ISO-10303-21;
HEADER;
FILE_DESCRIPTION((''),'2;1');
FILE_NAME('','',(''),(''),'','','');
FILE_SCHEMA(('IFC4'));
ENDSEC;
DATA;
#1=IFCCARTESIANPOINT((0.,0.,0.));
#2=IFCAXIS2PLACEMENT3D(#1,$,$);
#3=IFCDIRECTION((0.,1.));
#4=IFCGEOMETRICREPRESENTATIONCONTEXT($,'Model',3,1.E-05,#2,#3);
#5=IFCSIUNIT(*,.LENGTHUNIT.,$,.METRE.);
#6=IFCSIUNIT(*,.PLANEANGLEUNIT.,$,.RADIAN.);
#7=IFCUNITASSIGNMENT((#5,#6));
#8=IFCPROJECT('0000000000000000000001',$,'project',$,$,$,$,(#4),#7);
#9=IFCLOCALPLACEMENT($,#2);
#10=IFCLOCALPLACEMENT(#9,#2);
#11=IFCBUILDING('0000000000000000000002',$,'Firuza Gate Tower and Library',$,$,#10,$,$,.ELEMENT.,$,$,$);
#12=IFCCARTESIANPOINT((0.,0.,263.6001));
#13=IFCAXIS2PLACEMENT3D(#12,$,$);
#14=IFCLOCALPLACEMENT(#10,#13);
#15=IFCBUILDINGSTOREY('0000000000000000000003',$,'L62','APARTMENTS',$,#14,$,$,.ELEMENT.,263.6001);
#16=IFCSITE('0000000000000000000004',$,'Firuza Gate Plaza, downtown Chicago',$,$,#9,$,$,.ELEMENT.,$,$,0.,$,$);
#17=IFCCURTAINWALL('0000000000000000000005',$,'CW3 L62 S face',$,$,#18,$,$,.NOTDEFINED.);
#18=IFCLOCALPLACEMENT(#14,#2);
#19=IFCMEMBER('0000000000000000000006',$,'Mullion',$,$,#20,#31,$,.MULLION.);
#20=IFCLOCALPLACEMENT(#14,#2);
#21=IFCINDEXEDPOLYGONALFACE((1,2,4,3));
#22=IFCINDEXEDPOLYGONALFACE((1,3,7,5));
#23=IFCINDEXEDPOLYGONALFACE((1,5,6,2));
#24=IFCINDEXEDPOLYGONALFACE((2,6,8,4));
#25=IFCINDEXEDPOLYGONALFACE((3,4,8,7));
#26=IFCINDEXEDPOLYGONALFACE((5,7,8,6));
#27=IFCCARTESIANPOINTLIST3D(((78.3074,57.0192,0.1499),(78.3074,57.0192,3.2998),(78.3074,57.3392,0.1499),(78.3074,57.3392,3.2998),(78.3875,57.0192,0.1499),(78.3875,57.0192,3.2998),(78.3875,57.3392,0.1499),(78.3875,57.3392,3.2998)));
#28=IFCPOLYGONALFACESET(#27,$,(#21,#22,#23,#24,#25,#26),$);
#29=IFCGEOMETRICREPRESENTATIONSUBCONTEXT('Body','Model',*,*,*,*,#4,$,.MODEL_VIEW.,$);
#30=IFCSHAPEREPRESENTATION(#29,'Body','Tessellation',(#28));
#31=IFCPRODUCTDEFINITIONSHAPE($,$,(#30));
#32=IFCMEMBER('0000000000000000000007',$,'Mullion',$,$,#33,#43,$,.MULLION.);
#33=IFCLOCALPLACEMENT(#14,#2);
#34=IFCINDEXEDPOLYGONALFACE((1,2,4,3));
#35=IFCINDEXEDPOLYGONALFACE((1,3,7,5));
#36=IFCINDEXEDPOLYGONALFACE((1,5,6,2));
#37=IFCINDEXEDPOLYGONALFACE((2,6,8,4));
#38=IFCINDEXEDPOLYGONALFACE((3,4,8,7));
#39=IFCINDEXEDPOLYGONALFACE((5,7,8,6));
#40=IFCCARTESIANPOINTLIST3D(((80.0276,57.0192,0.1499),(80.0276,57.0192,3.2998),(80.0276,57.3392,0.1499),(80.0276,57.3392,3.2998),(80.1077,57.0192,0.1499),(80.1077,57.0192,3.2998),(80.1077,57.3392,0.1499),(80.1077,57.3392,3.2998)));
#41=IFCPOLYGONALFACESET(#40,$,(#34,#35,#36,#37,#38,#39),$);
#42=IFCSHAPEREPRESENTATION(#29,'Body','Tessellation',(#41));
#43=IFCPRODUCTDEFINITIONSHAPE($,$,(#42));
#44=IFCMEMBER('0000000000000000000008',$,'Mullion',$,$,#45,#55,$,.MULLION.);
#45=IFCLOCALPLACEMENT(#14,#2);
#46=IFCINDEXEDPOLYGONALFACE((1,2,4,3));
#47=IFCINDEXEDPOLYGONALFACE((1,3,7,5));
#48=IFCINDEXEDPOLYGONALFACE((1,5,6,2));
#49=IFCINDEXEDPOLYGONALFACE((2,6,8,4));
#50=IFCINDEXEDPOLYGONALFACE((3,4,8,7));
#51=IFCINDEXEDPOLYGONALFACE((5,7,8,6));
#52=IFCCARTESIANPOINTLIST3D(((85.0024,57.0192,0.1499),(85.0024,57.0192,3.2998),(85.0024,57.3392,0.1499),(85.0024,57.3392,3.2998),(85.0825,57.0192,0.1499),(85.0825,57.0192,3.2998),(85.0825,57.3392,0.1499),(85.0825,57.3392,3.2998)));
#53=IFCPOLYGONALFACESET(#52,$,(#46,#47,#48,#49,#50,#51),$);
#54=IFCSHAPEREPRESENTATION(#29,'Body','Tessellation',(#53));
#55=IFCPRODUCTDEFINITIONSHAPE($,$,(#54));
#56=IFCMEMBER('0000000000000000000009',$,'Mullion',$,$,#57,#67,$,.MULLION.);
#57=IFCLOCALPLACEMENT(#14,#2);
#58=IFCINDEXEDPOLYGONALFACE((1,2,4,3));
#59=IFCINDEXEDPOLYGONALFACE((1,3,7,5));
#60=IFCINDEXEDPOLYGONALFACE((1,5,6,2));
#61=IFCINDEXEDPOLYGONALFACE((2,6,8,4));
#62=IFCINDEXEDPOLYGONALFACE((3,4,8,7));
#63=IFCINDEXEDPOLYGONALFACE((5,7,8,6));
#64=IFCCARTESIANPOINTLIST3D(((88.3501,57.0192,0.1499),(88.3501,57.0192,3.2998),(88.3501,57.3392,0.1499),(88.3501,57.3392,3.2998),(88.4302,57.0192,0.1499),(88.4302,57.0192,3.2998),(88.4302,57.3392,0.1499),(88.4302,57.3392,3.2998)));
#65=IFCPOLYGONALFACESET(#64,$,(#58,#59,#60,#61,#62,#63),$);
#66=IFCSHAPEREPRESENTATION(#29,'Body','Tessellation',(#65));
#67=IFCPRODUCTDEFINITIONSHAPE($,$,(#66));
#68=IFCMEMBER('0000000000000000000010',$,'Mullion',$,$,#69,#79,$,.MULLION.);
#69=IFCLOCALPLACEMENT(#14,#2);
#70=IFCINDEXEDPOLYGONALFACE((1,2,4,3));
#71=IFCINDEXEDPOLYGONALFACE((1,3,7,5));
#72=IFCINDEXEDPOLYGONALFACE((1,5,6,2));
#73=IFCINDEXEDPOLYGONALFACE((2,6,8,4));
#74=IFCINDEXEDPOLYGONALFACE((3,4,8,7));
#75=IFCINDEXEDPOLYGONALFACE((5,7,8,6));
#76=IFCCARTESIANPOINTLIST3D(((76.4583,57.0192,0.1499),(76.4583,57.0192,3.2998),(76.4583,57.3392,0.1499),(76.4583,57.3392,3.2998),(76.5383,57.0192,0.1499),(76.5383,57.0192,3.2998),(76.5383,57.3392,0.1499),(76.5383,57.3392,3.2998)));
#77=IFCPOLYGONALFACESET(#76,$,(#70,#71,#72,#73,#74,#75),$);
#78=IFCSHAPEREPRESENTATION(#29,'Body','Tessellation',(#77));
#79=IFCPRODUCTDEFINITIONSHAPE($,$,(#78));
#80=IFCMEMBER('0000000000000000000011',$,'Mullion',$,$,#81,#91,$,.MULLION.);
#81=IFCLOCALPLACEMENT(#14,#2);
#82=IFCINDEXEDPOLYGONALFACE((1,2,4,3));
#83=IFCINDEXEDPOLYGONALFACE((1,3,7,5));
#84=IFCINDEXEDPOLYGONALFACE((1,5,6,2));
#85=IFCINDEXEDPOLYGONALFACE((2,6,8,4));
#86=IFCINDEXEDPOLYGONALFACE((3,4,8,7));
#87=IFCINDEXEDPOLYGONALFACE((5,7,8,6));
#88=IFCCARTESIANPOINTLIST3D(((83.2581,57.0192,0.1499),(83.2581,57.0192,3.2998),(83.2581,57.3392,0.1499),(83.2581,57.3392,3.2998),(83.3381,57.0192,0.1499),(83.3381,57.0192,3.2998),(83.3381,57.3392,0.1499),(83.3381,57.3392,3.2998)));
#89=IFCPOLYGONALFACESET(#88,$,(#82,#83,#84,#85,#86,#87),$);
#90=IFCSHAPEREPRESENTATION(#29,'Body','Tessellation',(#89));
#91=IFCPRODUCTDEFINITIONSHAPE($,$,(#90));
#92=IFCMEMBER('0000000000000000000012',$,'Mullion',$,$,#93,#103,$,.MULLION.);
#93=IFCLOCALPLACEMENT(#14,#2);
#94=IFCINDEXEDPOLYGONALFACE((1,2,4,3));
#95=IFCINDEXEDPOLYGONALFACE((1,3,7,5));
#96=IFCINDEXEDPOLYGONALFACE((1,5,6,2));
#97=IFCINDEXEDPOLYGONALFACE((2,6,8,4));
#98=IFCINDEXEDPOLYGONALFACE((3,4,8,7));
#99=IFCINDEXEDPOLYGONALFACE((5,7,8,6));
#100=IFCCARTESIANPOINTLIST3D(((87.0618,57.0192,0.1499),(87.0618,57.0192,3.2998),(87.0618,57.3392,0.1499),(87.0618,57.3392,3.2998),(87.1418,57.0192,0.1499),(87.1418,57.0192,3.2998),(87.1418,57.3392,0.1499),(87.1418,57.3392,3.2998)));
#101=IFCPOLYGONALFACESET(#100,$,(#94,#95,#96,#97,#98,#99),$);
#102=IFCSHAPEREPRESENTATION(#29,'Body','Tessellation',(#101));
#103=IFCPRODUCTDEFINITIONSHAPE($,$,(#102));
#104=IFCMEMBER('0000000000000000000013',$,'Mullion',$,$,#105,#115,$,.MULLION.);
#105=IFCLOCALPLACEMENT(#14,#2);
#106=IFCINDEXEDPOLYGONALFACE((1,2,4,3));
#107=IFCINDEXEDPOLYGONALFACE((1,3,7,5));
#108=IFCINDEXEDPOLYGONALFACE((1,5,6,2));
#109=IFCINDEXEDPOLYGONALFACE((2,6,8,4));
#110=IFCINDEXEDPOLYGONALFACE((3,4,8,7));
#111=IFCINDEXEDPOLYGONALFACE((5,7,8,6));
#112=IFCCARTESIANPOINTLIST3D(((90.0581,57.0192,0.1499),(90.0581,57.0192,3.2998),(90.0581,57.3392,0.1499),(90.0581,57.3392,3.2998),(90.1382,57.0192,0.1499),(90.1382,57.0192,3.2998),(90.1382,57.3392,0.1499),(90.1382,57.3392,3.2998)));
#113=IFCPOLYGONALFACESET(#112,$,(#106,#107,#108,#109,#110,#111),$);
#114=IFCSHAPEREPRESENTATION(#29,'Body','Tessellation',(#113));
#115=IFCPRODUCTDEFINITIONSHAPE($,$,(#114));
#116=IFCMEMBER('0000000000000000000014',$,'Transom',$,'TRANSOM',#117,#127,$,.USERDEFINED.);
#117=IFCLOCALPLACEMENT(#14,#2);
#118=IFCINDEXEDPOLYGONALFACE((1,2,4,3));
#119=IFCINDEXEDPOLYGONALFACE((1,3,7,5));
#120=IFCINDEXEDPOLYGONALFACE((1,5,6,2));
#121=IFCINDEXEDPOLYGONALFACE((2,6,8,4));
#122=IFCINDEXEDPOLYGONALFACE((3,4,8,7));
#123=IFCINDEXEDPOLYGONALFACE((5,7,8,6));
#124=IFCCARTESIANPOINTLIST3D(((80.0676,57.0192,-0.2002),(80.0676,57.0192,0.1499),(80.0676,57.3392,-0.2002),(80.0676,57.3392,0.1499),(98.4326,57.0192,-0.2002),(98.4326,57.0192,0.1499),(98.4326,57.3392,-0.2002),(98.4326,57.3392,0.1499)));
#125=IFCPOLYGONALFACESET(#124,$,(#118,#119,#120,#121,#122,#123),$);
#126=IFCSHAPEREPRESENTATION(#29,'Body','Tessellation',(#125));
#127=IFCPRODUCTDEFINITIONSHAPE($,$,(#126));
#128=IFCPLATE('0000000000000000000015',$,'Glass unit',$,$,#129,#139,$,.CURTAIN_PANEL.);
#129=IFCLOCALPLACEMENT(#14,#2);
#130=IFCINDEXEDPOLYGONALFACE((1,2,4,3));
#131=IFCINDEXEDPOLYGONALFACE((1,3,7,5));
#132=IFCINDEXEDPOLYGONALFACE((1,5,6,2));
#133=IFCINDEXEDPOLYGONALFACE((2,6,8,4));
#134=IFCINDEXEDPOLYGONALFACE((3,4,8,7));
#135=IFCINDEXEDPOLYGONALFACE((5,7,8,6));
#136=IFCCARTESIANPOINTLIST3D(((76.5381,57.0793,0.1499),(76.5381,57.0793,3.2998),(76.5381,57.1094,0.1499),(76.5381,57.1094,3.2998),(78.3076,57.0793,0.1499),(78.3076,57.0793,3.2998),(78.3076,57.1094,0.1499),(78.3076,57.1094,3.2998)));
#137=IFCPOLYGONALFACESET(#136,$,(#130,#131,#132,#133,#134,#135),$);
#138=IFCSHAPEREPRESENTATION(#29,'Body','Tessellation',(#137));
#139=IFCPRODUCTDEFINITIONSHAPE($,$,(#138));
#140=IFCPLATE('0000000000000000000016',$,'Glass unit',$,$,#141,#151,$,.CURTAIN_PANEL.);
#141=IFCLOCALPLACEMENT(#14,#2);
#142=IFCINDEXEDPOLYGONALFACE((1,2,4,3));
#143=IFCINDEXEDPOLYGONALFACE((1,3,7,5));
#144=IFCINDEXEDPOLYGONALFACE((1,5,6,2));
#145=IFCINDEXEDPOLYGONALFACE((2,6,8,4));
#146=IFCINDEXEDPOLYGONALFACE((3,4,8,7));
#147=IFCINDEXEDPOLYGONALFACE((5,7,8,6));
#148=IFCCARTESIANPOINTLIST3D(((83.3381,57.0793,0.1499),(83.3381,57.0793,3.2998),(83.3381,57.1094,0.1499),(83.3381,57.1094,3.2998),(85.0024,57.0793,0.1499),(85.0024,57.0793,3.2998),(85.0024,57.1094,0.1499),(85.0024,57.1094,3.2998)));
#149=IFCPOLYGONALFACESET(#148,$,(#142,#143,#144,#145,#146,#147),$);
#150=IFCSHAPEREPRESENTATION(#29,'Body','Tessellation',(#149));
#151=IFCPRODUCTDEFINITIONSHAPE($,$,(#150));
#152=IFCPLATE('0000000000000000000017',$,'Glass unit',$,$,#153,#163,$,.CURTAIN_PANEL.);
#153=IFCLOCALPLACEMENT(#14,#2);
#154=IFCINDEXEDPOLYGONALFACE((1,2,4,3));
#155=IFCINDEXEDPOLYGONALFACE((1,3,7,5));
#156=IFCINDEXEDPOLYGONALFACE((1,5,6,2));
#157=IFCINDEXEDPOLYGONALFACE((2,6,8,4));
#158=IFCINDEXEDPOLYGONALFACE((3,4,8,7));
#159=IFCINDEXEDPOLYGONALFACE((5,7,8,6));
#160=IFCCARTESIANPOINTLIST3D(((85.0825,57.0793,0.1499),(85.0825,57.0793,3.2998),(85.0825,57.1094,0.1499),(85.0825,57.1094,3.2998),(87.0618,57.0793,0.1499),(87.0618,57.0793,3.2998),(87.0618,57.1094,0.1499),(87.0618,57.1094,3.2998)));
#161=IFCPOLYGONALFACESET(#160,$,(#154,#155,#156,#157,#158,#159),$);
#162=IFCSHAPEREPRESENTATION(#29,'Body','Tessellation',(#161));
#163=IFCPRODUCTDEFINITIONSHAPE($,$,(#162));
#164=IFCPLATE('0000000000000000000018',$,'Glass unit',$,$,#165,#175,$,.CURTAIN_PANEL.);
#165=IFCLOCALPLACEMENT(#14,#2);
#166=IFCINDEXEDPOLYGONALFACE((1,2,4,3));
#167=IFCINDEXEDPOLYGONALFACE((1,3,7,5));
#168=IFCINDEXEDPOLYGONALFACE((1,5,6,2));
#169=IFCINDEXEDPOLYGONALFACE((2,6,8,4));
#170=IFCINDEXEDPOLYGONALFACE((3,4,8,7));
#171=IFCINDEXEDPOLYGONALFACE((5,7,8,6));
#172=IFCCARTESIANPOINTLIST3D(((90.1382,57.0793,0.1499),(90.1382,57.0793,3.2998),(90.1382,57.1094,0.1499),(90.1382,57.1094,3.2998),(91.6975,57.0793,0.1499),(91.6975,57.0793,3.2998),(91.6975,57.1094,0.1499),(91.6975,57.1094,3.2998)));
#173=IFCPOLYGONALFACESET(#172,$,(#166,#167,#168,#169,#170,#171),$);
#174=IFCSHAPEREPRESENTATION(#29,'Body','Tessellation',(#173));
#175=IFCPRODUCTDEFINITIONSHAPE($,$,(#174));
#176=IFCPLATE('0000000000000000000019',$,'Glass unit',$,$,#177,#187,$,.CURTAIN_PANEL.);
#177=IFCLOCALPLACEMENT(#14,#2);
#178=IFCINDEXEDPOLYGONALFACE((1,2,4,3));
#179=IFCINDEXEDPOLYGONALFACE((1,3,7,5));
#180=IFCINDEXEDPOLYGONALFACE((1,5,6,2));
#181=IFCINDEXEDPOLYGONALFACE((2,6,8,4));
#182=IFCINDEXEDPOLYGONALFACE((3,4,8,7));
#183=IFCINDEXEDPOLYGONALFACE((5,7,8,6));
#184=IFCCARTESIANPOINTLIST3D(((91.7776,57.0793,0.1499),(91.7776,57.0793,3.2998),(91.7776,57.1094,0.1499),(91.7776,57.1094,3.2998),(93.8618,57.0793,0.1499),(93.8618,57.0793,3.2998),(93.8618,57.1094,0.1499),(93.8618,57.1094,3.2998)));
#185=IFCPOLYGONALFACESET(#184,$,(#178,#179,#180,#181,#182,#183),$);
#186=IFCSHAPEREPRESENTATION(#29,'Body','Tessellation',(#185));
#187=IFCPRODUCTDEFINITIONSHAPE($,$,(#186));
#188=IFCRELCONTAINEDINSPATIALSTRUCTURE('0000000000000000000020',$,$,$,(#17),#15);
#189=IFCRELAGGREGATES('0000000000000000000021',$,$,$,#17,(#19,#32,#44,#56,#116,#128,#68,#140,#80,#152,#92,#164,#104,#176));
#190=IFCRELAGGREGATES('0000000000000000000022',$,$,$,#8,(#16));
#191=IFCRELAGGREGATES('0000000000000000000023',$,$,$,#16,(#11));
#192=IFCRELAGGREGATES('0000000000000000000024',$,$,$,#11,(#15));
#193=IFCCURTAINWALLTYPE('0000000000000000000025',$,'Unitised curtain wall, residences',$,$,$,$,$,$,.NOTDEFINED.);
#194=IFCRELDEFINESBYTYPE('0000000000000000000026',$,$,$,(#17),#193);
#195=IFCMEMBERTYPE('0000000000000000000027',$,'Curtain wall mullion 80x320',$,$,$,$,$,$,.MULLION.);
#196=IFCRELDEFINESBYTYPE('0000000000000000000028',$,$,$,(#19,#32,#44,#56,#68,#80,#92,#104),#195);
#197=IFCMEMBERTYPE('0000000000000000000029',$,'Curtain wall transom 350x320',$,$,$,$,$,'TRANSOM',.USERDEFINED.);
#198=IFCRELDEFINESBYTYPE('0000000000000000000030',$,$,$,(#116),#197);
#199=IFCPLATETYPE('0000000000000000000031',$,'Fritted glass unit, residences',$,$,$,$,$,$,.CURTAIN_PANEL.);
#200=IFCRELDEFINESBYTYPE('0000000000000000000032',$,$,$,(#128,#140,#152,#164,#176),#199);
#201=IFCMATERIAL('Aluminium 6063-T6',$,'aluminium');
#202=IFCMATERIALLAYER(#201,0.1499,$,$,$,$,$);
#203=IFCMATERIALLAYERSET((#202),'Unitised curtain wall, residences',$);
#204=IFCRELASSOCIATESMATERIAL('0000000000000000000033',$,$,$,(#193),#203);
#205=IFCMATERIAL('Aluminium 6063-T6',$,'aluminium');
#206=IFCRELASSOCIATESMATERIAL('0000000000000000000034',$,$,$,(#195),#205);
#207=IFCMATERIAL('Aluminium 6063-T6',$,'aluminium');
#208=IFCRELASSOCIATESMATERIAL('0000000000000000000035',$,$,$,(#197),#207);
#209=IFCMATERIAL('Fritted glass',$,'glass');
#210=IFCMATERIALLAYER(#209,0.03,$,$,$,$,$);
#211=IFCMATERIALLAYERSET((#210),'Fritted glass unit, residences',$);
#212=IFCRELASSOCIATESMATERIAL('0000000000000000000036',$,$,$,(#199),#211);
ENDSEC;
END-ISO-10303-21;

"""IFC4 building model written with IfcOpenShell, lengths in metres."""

from ifc_helpers import new_model, si_unit, direction, frame, origin, origin_2d, place, context, subcontext, project, spatial, polyline, rectangle, outline, extrude, material, layer, layer_set, material_profile, profile_set, type_object, element, aggregate, save


model = new_model("IFC4")

# Units and contexts
model_context = context("Model", 3, precision=1e-05, world=origin(), true_north=direction((0.0, 1.0)))
body_context = subcontext(model_context, "Body", "Model", "MODEL_VIEW")
ifc_project = project(units=[si_unit("LENGTHUNIT", "METRE"), si_unit("PLANEANGLEUNIT", "RADIAN")], contexts=[model_context])

# Site, building, storey
site_placement = place(None, origin())
site = spatial("IfcSite", under=ifc_project, at=site_placement, Name="Firuza Gate Plaza, downtown Chicago", CompositionType="ELEMENT", RefElevation=0.0)
building_placement = place(site_placement, origin())
building = spatial("IfcBuilding", under=site, at=building_placement, Name="Firuza Gate Tower and Library", CompositionType="ELEMENT")
storey_placement = place(building_placement, frame((0.0, 0.0, 263.6001)))
storey = spatial("IfcBuildingStorey", under=building, at=storey_placement, Name="L62", Description="APARTMENTS", CompositionType="ELEMENT", Elevation=263.6001)

# Curtain wall, members, plates
ifc_material_1 = material(Name="Aluminium 6063-T6", Category="aluminium")
ifc_layer_1 = layer(ifc_material_1, 0.1499)
ifc_layer_set_1 = layer_set([ifc_layer_1], Name="Unitised curtain wall, residences")
curtain_wall_type = type_object("IfcCurtainWallType", Name="Unitised curtain wall, residences", PredefinedType="NOTDEFINED", material=ifc_layer_set_1)
curtain_wall_placement = place(storey_placement, origin())
curtain_wall = element("IfcCurtainWall", 1, at=curtain_wall_placement, inside=storey, type_object=curtain_wall_type, Name="CW3 L62 S face", PredefinedType="NOTDEFINED")
ifc_material_2 = material(Name="Aluminium 6063-T6", Category="aluminium")
ifc_material_profile_1 = material_profile(ifc_material_2, rectangle(XDim=0.3201, YDim=0.0801, at=origin_2d()))
ifc_profile_set_1 = profile_set([ifc_material_profile_1], Name="Aluminium 6063-T6")
member_type_1 = type_object("IfcMemberType", Name="Curtain wall mullion 80x320", PredefinedType="MULLION", material=ifc_profile_set_1)
member_1_placement = place(storey_placement, frame((78.3474, 57.1792, 0.1499), z_axis=(0.0, 0.0, 1.0), x_axis=(0.0, 1.0, 0.0)))
member_1 = element("IfcMember", 2, at=member_1_placement, type_object=member_type_1, Name="Mullion", PredefinedType="MULLION", context=body_context, shape_type="SweptSolid", body=[
    extrude(rectangle(XDim=0.3201, YDim=0.0801, at=origin_2d()), origin(), (0.0, 0.0, 1.0), 3.1499),
])
member_2_placement = place(storey_placement, frame((80.0676, 57.1792, 0.1499), z_axis=(0.0, 0.0, 1.0), x_axis=(0.0, 1.0, 0.0)))
member_2 = element("IfcMember", 3, at=member_2_placement, type_object=member_type_1, Name="Mullion", PredefinedType="MULLION", context=body_context, shape_type="SweptSolid", body=[
    extrude(rectangle(XDim=0.3201, YDim=0.0801, at=origin_2d()), origin(), (0.0, 0.0, 1.0), 3.1499),
])
member_3_placement = place(storey_placement, frame((85.0425, 57.1792, 0.1499), z_axis=(0.0, 0.0, 1.0), x_axis=(0.0, 1.0, 0.0)))
member_3 = element("IfcMember", 4, at=member_3_placement, type_object=member_type_1, Name="Mullion", PredefinedType="MULLION", context=body_context, shape_type="SweptSolid", body=[
    extrude(rectangle(XDim=0.3201, YDim=0.0801, at=origin_2d()), origin(), (0.0, 0.0, 1.0), 3.1499),
])
member_4_placement = place(storey_placement, frame((88.3901, 57.1792, 0.1499), z_axis=(0.0, 0.0, 1.0), x_axis=(0.0, 1.0, 0.0)))
member_4 = element("IfcMember", 5, at=member_4_placement, type_object=member_type_1, Name="Mullion", PredefinedType="MULLION", context=body_context, shape_type="SweptSolid", body=[
    extrude(rectangle(XDim=0.3201, YDim=0.0801, at=origin_2d()), origin(), (0.0, 0.0, 1.0), 3.1499),
])
member_5_placement = place(storey_placement, frame((76.4983, 57.1792, 0.1499), z_axis=(0.0, 0.0, 1.0), x_axis=(0.0, 1.0, 0.0)))
member_5 = element("IfcMember", 6, at=member_5_placement, type_object=member_type_1, Name="Mullion", PredefinedType="MULLION", context=body_context, shape_type="SweptSolid", body=[
    extrude(rectangle(XDim=0.3201, YDim=0.0801, at=origin_2d()), origin(), (0.0, 0.0, 1.0), 3.1499),
])
member_6_placement = place(storey_placement, frame((83.2981, 57.1792, 0.1499), z_axis=(0.0, 0.0, 1.0), x_axis=(0.0, 1.0, 0.0)))
member_6 = element("IfcMember", 7, at=member_6_placement, type_object=member_type_1, Name="Mullion", PredefinedType="MULLION", context=body_context, shape_type="SweptSolid", body=[
    extrude(rectangle(XDim=0.3201, YDim=0.0801, at=origin_2d()), origin(), (0.0, 0.0, 1.0), 3.1499),
])
member_7_placement = place(storey_placement, frame((87.1018, 57.1792, 0.1499), z_axis=(0.0, 0.0, 1.0), x_axis=(0.0, 1.0, 0.0)))
member_7 = element("IfcMember", 8, at=member_7_placement, type_object=member_type_1, Name="Mullion", PredefinedType="MULLION", context=body_context, shape_type="SweptSolid", body=[
    extrude(rectangle(XDim=0.3201, YDim=0.0801, at=origin_2d()), origin(), (0.0, 0.0, 1.0), 3.1499),
])
member_8_placement = place(storey_placement, frame((90.0981, 57.1792, 0.1499), z_axis=(0.0, 0.0, 1.0), x_axis=(0.0, 1.0, 0.0)))
member_8 = element("IfcMember", 9, at=member_8_placement, type_object=member_type_1, Name="Mullion", PredefinedType="MULLION", context=body_context, shape_type="SweptSolid", body=[
    extrude(rectangle(XDim=0.3201, YDim=0.0801, at=origin_2d()), origin(), (0.0, 0.0, 1.0), 3.1499),
])
ifc_material_3 = material(Name="Aluminium 6063-T6", Category="aluminium")
ifc_material_profile_2 = material_profile(ifc_material_3, rectangle(XDim=0.3201, YDim=0.3501, at=origin_2d()))
ifc_profile_set_2 = profile_set([ifc_material_profile_2], Name="Aluminium 6063-T6")
member_type_2 = type_object("IfcMemberType", Name="Curtain wall transom 350x320", ElementType="TRANSOM", PredefinedType="USERDEFINED", material=ifc_profile_set_2)
member_9_placement = place(storey_placement, frame((80.0676, 57.1792, -0.0251), z_axis=(1.0, 0.0, 0.0), x_axis=(0.0, 1.0, 0.0)))
member_9 = element("IfcMember", 10, at=member_9_placement, type_object=member_type_2, Name="Transom", ObjectType="TRANSOM", PredefinedType="USERDEFINED", context=body_context, shape_type="SweptSolid", body=[
    extrude(rectangle(XDim=0.3201, YDim=0.3501, at=origin_2d()), origin(), (0.0, 0.0, 1.0), 18.365),
])
ifc_material_4 = material(Name="Fritted glass", Category="glass")
ifc_layer_2 = layer(ifc_material_4, 0.03)
ifc_layer_set_2 = layer_set([ifc_layer_2], Name="Fritted glass unit, residences")
plate_type_1 = type_object("IfcPlateType", Name="Fritted glass unit, residences", PredefinedType="CURTAIN_PANEL", material=ifc_layer_set_2)
plate_1_placement = place(storey_placement, frame((76.5381, 57.0793, 0.1499), z_axis=(0.0, -1.0, 0.0), x_axis=(1.0, 0.0, 0.0)))
plate_1 = element("IfcPlate", 11, at=plate_1_placement, type_object=plate_type_1, Name="Glass unit", PredefinedType="CURTAIN_PANEL", context=body_context, shape_type="SweptSolid", body=[
    extrude(outline(polyline([(0.0, 0.0), (1.7695, 0.0), (1.7695, 3.1499), (0.0, 3.1499), (0.0, 0.0)])), origin(), (0.0, 0.0, -1.0), 0.03),
])
plate_2_placement = place(storey_placement, frame((83.3381, 57.0793, 0.1499), z_axis=(0.0, -1.0, 0.0), x_axis=(1.0, 0.0, 0.0)))
plate_2 = element("IfcPlate", 12, at=plate_2_placement, type_object=plate_type_1, Name="Glass unit", PredefinedType="CURTAIN_PANEL", context=body_context, shape_type="SweptSolid", body=[
    extrude(outline(polyline([(0.0, 0.0), (1.6643, 0.0), (1.6643, 3.1499), (0.0, 3.1499), (0.0, 0.0)])), origin(), (0.0, 0.0, -1.0), 0.03),
])
plate_3_placement = place(storey_placement, frame((85.0825, 57.0793, 0.1499), z_axis=(0.0, -1.0, 0.0), x_axis=(1.0, 0.0, 0.0)))
plate_3 = element("IfcPlate", 13, at=plate_3_placement, type_object=plate_type_1, Name="Glass unit", PredefinedType="CURTAIN_PANEL", context=body_context, shape_type="SweptSolid", body=[
    extrude(outline(polyline([(0.0, 0.0), (1.9792, 0.0), (1.9792, 3.1499), (0.0, 3.1499), (0.0, 0.0)])), origin(), (0.0, 0.0, -1.0), 0.03),
])
plate_4_placement = place(storey_placement, frame((90.1382, 57.0793, 0.1499), z_axis=(0.0, -1.0, 0.0), x_axis=(1.0, 0.0, 0.0)))
plate_4 = element("IfcPlate", 14, at=plate_4_placement, type_object=plate_type_1, Name="Glass unit", PredefinedType="CURTAIN_PANEL", context=body_context, shape_type="SweptSolid", body=[
    extrude(outline(polyline([(0.0, 0.0), (1.5593, 0.0), (1.5593, 3.1499), (0.0, 3.1499), (0.0, 0.0)])), origin(), (0.0, 0.0, -1.0), 0.03),
])
plate_5_placement = place(storey_placement, frame((91.7776, 57.0793, 0.1499), z_axis=(0.0, -1.0, 0.0), x_axis=(1.0, 0.0, 0.0)))
plate_5 = element("IfcPlate", 15, at=plate_5_placement, type_object=plate_type_1, Name="Glass unit", PredefinedType="CURTAIN_PANEL", context=body_context, shape_type="SweptSolid", body=[
    extrude(outline(polyline([(0.0, 0.0), (2.0842, 0.0), (2.0842, 3.1499), (0.0, 3.1499), (0.0, 0.0)])), origin(), (0.0, 0.0, -1.0), 0.03),
])

aggregate(curtain_wall, [member_1, member_2, member_3, member_4, member_9, plate_1, member_5, plate_2, member_6, plate_3, member_7, plate_4, member_8, plate_5])

save(model, "model.ifc")
